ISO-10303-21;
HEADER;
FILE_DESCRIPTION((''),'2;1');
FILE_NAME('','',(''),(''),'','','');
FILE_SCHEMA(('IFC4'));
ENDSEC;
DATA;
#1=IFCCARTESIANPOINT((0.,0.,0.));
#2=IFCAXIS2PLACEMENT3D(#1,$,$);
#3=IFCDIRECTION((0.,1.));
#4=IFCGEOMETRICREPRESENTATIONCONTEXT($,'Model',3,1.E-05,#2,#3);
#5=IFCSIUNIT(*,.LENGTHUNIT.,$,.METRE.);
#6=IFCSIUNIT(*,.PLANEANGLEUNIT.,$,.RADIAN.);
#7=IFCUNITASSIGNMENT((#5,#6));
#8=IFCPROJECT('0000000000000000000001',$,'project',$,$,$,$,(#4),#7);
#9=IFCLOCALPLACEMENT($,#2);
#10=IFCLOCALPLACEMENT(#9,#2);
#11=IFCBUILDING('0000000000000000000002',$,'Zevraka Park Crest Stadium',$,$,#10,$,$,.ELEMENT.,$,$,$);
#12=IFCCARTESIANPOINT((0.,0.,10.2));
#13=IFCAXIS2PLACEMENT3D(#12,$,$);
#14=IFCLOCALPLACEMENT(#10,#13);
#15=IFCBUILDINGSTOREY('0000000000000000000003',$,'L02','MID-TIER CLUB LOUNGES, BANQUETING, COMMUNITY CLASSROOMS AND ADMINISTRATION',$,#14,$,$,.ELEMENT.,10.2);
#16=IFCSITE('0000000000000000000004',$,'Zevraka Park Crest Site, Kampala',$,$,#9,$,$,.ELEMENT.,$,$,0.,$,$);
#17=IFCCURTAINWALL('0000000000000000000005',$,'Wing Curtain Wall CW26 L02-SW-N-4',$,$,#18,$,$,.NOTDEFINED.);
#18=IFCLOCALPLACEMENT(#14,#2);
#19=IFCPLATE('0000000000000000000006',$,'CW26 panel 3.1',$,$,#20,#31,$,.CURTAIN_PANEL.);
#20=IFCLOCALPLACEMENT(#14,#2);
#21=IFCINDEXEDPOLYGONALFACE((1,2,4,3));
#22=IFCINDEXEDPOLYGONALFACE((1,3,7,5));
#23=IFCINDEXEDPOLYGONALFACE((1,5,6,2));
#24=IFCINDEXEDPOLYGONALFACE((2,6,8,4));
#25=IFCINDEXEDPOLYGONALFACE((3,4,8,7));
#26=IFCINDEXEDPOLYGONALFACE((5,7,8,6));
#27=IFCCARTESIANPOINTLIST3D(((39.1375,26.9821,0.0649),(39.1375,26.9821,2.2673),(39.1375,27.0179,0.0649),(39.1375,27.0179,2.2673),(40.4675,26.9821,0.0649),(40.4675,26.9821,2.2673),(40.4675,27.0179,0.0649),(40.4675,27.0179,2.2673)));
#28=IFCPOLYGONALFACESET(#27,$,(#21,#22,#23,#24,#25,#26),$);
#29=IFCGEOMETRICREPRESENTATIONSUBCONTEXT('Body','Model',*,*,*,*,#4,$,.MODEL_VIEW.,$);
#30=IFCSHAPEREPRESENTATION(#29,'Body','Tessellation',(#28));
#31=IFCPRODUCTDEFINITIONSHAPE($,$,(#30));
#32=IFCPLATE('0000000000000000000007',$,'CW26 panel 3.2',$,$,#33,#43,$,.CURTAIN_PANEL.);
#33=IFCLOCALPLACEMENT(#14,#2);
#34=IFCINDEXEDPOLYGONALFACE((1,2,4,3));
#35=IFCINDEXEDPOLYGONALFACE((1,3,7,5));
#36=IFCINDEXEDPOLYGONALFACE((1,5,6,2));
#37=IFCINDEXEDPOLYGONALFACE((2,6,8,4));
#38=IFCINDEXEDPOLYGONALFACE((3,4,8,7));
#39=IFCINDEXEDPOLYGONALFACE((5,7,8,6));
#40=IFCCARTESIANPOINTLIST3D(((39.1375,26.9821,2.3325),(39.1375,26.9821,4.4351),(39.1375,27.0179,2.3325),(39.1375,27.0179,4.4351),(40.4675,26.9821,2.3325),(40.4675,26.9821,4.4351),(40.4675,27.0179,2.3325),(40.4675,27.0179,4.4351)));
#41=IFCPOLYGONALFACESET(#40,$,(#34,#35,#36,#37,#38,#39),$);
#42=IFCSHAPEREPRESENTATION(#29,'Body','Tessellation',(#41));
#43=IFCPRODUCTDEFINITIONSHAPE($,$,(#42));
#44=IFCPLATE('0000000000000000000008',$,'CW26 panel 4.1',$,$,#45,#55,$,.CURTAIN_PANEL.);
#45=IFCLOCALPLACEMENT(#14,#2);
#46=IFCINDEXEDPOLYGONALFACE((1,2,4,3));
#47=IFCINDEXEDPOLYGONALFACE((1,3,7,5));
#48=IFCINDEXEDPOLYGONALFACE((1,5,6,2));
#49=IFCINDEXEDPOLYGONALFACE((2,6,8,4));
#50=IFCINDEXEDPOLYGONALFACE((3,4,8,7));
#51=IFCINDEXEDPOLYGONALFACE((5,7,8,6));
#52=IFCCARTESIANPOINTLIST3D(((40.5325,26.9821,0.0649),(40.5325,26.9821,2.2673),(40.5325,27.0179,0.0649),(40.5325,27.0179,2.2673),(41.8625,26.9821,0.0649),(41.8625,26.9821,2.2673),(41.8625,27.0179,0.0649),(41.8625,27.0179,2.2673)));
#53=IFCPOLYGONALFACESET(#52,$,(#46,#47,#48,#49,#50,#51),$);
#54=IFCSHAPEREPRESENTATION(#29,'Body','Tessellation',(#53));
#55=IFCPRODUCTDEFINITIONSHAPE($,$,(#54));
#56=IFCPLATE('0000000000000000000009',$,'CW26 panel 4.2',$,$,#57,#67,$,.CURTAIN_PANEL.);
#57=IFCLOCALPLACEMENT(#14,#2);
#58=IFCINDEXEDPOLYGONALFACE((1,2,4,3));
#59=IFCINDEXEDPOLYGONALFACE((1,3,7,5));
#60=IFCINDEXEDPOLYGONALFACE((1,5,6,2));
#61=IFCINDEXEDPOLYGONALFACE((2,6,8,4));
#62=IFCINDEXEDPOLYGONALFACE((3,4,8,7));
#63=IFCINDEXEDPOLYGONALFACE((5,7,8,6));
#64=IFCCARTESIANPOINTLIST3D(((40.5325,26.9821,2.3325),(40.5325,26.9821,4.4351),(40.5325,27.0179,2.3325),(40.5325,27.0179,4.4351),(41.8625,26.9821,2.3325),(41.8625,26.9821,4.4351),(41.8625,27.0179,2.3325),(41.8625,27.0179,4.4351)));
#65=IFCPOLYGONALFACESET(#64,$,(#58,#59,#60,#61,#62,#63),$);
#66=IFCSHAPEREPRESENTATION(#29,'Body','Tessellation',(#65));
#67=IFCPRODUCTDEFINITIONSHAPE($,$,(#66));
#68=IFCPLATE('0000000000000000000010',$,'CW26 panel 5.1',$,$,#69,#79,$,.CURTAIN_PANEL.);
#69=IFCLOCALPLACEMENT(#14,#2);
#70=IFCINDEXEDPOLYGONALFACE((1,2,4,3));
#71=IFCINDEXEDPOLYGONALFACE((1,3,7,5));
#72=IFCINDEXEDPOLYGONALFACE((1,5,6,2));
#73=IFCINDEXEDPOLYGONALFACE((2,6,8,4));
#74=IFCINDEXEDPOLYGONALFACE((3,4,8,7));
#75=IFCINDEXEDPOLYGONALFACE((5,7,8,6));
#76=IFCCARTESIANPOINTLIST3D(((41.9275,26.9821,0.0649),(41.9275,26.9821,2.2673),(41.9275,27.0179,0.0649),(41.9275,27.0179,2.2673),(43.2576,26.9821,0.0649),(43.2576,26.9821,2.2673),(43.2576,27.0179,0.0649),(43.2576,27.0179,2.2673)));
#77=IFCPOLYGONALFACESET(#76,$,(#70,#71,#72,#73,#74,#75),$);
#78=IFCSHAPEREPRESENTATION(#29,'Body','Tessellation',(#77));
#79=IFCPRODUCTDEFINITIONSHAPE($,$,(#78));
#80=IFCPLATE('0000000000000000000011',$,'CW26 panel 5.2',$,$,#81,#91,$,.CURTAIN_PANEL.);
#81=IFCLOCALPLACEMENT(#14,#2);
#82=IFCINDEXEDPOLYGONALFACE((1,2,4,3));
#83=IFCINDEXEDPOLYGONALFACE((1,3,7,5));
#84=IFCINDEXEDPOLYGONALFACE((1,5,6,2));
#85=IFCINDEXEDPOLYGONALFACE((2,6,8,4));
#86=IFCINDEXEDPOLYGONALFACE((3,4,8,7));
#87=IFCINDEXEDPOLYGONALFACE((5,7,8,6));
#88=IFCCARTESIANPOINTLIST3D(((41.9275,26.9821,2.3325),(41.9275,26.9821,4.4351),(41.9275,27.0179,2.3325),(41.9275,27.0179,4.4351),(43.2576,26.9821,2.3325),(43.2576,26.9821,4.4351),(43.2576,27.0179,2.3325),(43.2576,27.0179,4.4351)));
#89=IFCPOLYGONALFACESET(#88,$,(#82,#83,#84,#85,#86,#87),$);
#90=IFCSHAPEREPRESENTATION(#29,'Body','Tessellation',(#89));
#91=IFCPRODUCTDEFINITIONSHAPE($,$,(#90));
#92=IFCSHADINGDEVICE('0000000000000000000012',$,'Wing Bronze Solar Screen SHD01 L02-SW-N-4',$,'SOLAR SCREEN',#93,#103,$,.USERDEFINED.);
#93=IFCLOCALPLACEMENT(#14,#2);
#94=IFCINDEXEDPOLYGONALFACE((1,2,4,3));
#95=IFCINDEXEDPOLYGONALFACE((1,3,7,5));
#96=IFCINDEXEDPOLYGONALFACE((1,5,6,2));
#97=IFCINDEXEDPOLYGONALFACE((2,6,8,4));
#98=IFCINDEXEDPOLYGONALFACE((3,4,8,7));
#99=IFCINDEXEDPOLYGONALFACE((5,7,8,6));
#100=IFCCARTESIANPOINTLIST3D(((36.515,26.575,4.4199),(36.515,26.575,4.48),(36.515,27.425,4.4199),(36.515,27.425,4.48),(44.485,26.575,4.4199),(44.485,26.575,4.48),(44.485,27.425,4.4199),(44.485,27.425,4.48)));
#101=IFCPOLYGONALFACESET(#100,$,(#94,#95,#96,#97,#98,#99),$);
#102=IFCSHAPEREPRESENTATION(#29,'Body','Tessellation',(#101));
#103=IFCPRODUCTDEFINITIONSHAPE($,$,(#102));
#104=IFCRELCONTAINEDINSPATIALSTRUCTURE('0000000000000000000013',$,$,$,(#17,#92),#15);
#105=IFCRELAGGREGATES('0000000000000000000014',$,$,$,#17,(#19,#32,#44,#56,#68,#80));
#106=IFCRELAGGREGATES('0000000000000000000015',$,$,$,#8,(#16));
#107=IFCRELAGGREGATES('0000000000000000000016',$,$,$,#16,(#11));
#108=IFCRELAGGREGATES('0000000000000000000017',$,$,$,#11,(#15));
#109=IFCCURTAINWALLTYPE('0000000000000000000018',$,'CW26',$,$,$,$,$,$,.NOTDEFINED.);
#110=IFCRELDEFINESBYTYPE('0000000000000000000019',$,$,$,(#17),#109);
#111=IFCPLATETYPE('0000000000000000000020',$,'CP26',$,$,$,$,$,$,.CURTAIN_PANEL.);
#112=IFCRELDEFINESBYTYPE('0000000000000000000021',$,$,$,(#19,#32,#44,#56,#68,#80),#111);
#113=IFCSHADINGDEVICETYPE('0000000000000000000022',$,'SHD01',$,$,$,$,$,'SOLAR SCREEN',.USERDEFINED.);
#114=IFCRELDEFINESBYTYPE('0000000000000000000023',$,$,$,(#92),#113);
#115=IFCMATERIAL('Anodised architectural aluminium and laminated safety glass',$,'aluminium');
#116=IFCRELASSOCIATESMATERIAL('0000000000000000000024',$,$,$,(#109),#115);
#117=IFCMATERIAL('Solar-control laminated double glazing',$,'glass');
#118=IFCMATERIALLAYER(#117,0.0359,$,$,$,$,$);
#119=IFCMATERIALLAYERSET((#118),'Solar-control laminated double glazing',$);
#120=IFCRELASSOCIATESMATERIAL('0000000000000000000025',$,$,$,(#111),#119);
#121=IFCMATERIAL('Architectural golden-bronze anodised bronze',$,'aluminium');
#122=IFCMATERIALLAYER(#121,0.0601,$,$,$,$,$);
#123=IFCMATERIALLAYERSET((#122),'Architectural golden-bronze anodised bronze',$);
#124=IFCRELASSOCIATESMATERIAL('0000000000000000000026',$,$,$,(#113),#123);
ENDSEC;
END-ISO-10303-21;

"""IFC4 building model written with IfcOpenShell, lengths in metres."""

from ifc_helpers import new_model, si_unit, direction, frame, origin, origin_2d, place, context, subcontext, project, spatial, rectangle, extrude, material, layer, layer_set, type_object, element, aggregate, save


model = new_model("IFC4")

# Units and contexts
model_context = context("Model", 3, precision=1e-05, world=origin(), true_north=direction((0.0, 1.0)))
body_context = subcontext(model_context, "Body", "Model", "MODEL_VIEW")
ifc_project = project(units=[si_unit("LENGTHUNIT", "METRE"), si_unit("PLANEANGLEUNIT", "RADIAN")], contexts=[model_context])

# Site, building, storey
site_placement = place(None, origin())
site = spatial("IfcSite", under=ifc_project, at=site_placement, Name="Zevraka Park Crest Site, Kampala", CompositionType="ELEMENT", RefElevation=0.0)
building_placement = place(site_placement, origin())
building = spatial("IfcBuilding", under=site, at=building_placement, Name="Zevraka Park Crest Stadium", CompositionType="ELEMENT")
storey_placement = place(building_placement, frame((0.0, 0.0, 10.2)))
storey = spatial("IfcBuildingStorey", under=building, at=storey_placement, Name="L02", Description="MID-TIER CLUB LOUNGES, BANQUETING, COMMUNITY CLASSROOMS AND ADMINISTRATION", CompositionType="ELEMENT", Elevation=10.2)

# Curtain wall, plates
ifc_material_1 = material(Name="Anodised architectural aluminium and laminated safety glass", Category="aluminium")
curtain_wall_type = type_object("IfcCurtainWallType", Name="CW26", PredefinedType="NOTDEFINED", material=ifc_material_1)
curtain_wall_placement = place(storey_placement, origin())
curtain_wall = element("IfcCurtainWall", 1, at=curtain_wall_placement, inside=storey, type_object=curtain_wall_type, Name="Wing Curtain Wall CW26 L02-SW-N-4", PredefinedType="NOTDEFINED")
ifc_material_2 = material(Name="Solar-control laminated double glazing", Category="glass")
ifc_layer_1 = layer(ifc_material_2, 0.0359)
ifc_layer_set_1 = layer_set([ifc_layer_1], Name="Solar-control laminated double glazing")
plate_type = type_object("IfcPlateType", Name="CP26", PredefinedType="CURTAIN_PANEL", material=ifc_layer_set_1)
plate_1_placement = place(storey_placement, frame((39.8025, 27.0, 0.0649), z_axis=(0.0, 0.0, 1.0), x_axis=(1.0, 0.0, 0.0)))
plate_1 = element("IfcPlate", 2, at=plate_1_placement, type_object=plate_type, Name="CW26 panel 3.1", PredefinedType="CURTAIN_PANEL", context=body_context, shape_type="SweptSolid", body=[
    extrude(rectangle(XDim=1.3301, YDim=0.0359, at=origin_2d()), origin(), (0.0, 0.0, 1.0), 2.2024),
])
plate_2_placement = place(storey_placement, frame((39.8025, 27.0, 2.3325), z_axis=(0.0, 0.0, 1.0), x_axis=(1.0, 0.0, 0.0)))
plate_2 = element("IfcPlate", 3, at=plate_2_placement, type_object=plate_type, Name="CW26 panel 3.2", PredefinedType="CURTAIN_PANEL", context=body_context, shape_type="SweptSolid", body=[
    extrude(rectangle(XDim=1.3301, YDim=0.0359, at=origin_2d()), origin(), (0.0, 0.0, 1.0), 2.1025),
])
plate_3_placement = place(storey_placement, frame((41.1975, 27.0, 0.0649), z_axis=(0.0, 0.0, 1.0), x_axis=(1.0, 0.0, 0.0)))
plate_3 = element("IfcPlate", 4, at=plate_3_placement, type_object=plate_type, Name="CW26 panel 4.1", PredefinedType="CURTAIN_PANEL", context=body_context, shape_type="SweptSolid", body=[
    extrude(rectangle(XDim=1.3301, YDim=0.0359, at=origin_2d()), origin(), (0.0, 0.0, 1.0), 2.2024),
])
plate_4_placement = place(storey_placement, frame((41.1975, 27.0, 2.3325), z_axis=(0.0, 0.0, 1.0), x_axis=(1.0, 0.0, 0.0)))
plate_4 = element("IfcPlate", 5, at=plate_4_placement, type_object=plate_type, Name="CW26 panel 4.2", PredefinedType="CURTAIN_PANEL", context=body_context, shape_type="SweptSolid", body=[
    extrude(rectangle(XDim=1.3301, YDim=0.0359, at=origin_2d()), origin(), (0.0, 0.0, 1.0), 2.1025),
])
plate_5_placement = place(storey_placement, frame((42.5925, 27.0, 0.0649), z_axis=(0.0, 0.0, 1.0), x_axis=(1.0, 0.0, 0.0)))
plate_5 = element("IfcPlate", 6, at=plate_5_placement, type_object=plate_type, Name="CW26 panel 5.1", PredefinedType="CURTAIN_PANEL", context=body_context, shape_type="SweptSolid", body=[
    extrude(rectangle(XDim=1.3301, YDim=0.0359, at=origin_2d()), origin(), (0.0, 0.0, 1.0), 2.2024),
])
plate_6_placement = place(storey_placement, frame((42.5925, 27.0, 2.3325), z_axis=(0.0, 0.0, 1.0), x_axis=(1.0, 0.0, 0.0)))
plate_6 = element("IfcPlate", 7, at=plate_6_placement, type_object=plate_type, Name="CW26 panel 5.2", PredefinedType="CURTAIN_PANEL", context=body_context, shape_type="SweptSolid", body=[
    extrude(rectangle(XDim=1.3301, YDim=0.0359, at=origin_2d()), origin(), (0.0, 0.0, 1.0), 2.1025),
])
aggregate(curtain_wall, [plate_1, plate_2, plate_3, plate_4, plate_5, plate_6])

# Shading device
ifc_material_3 = material(Name="Architectural golden-bronze anodised bronze", Category="aluminium")
ifc_layer_2 = layer(ifc_material_3, 0.0601)
ifc_layer_set_2 = layer_set([ifc_layer_2], Name="Architectural golden-bronze anodised bronze")
shading_device_type = type_object("IfcShadingDeviceType", Name="SHD01", ElementType="SOLAR SCREEN", PredefinedType="USERDEFINED", material=ifc_layer_set_2)
shading_device_placement = place(storey_placement, frame((40.5, 27.0, 4.4199), z_axis=(0.0, 0.0, 1.0), x_axis=(1.0, 0.0, 0.0)))
element("IfcShadingDevice", 8, at=shading_device_placement, inside=storey, type_object=shading_device_type, Name="Wing Bronze Solar Screen SHD01 L02-SW-N-4", ObjectType="SOLAR SCREEN", PredefinedType="USERDEFINED", context=body_context, shape_type="SweptSolid", body=[
    extrude(rectangle(XDim=7.97, YDim=0.8501, at=origin_2d()), origin(), (0.0, 0.0, 1.0), 0.0601),
])

save(model, "model.ifc")
